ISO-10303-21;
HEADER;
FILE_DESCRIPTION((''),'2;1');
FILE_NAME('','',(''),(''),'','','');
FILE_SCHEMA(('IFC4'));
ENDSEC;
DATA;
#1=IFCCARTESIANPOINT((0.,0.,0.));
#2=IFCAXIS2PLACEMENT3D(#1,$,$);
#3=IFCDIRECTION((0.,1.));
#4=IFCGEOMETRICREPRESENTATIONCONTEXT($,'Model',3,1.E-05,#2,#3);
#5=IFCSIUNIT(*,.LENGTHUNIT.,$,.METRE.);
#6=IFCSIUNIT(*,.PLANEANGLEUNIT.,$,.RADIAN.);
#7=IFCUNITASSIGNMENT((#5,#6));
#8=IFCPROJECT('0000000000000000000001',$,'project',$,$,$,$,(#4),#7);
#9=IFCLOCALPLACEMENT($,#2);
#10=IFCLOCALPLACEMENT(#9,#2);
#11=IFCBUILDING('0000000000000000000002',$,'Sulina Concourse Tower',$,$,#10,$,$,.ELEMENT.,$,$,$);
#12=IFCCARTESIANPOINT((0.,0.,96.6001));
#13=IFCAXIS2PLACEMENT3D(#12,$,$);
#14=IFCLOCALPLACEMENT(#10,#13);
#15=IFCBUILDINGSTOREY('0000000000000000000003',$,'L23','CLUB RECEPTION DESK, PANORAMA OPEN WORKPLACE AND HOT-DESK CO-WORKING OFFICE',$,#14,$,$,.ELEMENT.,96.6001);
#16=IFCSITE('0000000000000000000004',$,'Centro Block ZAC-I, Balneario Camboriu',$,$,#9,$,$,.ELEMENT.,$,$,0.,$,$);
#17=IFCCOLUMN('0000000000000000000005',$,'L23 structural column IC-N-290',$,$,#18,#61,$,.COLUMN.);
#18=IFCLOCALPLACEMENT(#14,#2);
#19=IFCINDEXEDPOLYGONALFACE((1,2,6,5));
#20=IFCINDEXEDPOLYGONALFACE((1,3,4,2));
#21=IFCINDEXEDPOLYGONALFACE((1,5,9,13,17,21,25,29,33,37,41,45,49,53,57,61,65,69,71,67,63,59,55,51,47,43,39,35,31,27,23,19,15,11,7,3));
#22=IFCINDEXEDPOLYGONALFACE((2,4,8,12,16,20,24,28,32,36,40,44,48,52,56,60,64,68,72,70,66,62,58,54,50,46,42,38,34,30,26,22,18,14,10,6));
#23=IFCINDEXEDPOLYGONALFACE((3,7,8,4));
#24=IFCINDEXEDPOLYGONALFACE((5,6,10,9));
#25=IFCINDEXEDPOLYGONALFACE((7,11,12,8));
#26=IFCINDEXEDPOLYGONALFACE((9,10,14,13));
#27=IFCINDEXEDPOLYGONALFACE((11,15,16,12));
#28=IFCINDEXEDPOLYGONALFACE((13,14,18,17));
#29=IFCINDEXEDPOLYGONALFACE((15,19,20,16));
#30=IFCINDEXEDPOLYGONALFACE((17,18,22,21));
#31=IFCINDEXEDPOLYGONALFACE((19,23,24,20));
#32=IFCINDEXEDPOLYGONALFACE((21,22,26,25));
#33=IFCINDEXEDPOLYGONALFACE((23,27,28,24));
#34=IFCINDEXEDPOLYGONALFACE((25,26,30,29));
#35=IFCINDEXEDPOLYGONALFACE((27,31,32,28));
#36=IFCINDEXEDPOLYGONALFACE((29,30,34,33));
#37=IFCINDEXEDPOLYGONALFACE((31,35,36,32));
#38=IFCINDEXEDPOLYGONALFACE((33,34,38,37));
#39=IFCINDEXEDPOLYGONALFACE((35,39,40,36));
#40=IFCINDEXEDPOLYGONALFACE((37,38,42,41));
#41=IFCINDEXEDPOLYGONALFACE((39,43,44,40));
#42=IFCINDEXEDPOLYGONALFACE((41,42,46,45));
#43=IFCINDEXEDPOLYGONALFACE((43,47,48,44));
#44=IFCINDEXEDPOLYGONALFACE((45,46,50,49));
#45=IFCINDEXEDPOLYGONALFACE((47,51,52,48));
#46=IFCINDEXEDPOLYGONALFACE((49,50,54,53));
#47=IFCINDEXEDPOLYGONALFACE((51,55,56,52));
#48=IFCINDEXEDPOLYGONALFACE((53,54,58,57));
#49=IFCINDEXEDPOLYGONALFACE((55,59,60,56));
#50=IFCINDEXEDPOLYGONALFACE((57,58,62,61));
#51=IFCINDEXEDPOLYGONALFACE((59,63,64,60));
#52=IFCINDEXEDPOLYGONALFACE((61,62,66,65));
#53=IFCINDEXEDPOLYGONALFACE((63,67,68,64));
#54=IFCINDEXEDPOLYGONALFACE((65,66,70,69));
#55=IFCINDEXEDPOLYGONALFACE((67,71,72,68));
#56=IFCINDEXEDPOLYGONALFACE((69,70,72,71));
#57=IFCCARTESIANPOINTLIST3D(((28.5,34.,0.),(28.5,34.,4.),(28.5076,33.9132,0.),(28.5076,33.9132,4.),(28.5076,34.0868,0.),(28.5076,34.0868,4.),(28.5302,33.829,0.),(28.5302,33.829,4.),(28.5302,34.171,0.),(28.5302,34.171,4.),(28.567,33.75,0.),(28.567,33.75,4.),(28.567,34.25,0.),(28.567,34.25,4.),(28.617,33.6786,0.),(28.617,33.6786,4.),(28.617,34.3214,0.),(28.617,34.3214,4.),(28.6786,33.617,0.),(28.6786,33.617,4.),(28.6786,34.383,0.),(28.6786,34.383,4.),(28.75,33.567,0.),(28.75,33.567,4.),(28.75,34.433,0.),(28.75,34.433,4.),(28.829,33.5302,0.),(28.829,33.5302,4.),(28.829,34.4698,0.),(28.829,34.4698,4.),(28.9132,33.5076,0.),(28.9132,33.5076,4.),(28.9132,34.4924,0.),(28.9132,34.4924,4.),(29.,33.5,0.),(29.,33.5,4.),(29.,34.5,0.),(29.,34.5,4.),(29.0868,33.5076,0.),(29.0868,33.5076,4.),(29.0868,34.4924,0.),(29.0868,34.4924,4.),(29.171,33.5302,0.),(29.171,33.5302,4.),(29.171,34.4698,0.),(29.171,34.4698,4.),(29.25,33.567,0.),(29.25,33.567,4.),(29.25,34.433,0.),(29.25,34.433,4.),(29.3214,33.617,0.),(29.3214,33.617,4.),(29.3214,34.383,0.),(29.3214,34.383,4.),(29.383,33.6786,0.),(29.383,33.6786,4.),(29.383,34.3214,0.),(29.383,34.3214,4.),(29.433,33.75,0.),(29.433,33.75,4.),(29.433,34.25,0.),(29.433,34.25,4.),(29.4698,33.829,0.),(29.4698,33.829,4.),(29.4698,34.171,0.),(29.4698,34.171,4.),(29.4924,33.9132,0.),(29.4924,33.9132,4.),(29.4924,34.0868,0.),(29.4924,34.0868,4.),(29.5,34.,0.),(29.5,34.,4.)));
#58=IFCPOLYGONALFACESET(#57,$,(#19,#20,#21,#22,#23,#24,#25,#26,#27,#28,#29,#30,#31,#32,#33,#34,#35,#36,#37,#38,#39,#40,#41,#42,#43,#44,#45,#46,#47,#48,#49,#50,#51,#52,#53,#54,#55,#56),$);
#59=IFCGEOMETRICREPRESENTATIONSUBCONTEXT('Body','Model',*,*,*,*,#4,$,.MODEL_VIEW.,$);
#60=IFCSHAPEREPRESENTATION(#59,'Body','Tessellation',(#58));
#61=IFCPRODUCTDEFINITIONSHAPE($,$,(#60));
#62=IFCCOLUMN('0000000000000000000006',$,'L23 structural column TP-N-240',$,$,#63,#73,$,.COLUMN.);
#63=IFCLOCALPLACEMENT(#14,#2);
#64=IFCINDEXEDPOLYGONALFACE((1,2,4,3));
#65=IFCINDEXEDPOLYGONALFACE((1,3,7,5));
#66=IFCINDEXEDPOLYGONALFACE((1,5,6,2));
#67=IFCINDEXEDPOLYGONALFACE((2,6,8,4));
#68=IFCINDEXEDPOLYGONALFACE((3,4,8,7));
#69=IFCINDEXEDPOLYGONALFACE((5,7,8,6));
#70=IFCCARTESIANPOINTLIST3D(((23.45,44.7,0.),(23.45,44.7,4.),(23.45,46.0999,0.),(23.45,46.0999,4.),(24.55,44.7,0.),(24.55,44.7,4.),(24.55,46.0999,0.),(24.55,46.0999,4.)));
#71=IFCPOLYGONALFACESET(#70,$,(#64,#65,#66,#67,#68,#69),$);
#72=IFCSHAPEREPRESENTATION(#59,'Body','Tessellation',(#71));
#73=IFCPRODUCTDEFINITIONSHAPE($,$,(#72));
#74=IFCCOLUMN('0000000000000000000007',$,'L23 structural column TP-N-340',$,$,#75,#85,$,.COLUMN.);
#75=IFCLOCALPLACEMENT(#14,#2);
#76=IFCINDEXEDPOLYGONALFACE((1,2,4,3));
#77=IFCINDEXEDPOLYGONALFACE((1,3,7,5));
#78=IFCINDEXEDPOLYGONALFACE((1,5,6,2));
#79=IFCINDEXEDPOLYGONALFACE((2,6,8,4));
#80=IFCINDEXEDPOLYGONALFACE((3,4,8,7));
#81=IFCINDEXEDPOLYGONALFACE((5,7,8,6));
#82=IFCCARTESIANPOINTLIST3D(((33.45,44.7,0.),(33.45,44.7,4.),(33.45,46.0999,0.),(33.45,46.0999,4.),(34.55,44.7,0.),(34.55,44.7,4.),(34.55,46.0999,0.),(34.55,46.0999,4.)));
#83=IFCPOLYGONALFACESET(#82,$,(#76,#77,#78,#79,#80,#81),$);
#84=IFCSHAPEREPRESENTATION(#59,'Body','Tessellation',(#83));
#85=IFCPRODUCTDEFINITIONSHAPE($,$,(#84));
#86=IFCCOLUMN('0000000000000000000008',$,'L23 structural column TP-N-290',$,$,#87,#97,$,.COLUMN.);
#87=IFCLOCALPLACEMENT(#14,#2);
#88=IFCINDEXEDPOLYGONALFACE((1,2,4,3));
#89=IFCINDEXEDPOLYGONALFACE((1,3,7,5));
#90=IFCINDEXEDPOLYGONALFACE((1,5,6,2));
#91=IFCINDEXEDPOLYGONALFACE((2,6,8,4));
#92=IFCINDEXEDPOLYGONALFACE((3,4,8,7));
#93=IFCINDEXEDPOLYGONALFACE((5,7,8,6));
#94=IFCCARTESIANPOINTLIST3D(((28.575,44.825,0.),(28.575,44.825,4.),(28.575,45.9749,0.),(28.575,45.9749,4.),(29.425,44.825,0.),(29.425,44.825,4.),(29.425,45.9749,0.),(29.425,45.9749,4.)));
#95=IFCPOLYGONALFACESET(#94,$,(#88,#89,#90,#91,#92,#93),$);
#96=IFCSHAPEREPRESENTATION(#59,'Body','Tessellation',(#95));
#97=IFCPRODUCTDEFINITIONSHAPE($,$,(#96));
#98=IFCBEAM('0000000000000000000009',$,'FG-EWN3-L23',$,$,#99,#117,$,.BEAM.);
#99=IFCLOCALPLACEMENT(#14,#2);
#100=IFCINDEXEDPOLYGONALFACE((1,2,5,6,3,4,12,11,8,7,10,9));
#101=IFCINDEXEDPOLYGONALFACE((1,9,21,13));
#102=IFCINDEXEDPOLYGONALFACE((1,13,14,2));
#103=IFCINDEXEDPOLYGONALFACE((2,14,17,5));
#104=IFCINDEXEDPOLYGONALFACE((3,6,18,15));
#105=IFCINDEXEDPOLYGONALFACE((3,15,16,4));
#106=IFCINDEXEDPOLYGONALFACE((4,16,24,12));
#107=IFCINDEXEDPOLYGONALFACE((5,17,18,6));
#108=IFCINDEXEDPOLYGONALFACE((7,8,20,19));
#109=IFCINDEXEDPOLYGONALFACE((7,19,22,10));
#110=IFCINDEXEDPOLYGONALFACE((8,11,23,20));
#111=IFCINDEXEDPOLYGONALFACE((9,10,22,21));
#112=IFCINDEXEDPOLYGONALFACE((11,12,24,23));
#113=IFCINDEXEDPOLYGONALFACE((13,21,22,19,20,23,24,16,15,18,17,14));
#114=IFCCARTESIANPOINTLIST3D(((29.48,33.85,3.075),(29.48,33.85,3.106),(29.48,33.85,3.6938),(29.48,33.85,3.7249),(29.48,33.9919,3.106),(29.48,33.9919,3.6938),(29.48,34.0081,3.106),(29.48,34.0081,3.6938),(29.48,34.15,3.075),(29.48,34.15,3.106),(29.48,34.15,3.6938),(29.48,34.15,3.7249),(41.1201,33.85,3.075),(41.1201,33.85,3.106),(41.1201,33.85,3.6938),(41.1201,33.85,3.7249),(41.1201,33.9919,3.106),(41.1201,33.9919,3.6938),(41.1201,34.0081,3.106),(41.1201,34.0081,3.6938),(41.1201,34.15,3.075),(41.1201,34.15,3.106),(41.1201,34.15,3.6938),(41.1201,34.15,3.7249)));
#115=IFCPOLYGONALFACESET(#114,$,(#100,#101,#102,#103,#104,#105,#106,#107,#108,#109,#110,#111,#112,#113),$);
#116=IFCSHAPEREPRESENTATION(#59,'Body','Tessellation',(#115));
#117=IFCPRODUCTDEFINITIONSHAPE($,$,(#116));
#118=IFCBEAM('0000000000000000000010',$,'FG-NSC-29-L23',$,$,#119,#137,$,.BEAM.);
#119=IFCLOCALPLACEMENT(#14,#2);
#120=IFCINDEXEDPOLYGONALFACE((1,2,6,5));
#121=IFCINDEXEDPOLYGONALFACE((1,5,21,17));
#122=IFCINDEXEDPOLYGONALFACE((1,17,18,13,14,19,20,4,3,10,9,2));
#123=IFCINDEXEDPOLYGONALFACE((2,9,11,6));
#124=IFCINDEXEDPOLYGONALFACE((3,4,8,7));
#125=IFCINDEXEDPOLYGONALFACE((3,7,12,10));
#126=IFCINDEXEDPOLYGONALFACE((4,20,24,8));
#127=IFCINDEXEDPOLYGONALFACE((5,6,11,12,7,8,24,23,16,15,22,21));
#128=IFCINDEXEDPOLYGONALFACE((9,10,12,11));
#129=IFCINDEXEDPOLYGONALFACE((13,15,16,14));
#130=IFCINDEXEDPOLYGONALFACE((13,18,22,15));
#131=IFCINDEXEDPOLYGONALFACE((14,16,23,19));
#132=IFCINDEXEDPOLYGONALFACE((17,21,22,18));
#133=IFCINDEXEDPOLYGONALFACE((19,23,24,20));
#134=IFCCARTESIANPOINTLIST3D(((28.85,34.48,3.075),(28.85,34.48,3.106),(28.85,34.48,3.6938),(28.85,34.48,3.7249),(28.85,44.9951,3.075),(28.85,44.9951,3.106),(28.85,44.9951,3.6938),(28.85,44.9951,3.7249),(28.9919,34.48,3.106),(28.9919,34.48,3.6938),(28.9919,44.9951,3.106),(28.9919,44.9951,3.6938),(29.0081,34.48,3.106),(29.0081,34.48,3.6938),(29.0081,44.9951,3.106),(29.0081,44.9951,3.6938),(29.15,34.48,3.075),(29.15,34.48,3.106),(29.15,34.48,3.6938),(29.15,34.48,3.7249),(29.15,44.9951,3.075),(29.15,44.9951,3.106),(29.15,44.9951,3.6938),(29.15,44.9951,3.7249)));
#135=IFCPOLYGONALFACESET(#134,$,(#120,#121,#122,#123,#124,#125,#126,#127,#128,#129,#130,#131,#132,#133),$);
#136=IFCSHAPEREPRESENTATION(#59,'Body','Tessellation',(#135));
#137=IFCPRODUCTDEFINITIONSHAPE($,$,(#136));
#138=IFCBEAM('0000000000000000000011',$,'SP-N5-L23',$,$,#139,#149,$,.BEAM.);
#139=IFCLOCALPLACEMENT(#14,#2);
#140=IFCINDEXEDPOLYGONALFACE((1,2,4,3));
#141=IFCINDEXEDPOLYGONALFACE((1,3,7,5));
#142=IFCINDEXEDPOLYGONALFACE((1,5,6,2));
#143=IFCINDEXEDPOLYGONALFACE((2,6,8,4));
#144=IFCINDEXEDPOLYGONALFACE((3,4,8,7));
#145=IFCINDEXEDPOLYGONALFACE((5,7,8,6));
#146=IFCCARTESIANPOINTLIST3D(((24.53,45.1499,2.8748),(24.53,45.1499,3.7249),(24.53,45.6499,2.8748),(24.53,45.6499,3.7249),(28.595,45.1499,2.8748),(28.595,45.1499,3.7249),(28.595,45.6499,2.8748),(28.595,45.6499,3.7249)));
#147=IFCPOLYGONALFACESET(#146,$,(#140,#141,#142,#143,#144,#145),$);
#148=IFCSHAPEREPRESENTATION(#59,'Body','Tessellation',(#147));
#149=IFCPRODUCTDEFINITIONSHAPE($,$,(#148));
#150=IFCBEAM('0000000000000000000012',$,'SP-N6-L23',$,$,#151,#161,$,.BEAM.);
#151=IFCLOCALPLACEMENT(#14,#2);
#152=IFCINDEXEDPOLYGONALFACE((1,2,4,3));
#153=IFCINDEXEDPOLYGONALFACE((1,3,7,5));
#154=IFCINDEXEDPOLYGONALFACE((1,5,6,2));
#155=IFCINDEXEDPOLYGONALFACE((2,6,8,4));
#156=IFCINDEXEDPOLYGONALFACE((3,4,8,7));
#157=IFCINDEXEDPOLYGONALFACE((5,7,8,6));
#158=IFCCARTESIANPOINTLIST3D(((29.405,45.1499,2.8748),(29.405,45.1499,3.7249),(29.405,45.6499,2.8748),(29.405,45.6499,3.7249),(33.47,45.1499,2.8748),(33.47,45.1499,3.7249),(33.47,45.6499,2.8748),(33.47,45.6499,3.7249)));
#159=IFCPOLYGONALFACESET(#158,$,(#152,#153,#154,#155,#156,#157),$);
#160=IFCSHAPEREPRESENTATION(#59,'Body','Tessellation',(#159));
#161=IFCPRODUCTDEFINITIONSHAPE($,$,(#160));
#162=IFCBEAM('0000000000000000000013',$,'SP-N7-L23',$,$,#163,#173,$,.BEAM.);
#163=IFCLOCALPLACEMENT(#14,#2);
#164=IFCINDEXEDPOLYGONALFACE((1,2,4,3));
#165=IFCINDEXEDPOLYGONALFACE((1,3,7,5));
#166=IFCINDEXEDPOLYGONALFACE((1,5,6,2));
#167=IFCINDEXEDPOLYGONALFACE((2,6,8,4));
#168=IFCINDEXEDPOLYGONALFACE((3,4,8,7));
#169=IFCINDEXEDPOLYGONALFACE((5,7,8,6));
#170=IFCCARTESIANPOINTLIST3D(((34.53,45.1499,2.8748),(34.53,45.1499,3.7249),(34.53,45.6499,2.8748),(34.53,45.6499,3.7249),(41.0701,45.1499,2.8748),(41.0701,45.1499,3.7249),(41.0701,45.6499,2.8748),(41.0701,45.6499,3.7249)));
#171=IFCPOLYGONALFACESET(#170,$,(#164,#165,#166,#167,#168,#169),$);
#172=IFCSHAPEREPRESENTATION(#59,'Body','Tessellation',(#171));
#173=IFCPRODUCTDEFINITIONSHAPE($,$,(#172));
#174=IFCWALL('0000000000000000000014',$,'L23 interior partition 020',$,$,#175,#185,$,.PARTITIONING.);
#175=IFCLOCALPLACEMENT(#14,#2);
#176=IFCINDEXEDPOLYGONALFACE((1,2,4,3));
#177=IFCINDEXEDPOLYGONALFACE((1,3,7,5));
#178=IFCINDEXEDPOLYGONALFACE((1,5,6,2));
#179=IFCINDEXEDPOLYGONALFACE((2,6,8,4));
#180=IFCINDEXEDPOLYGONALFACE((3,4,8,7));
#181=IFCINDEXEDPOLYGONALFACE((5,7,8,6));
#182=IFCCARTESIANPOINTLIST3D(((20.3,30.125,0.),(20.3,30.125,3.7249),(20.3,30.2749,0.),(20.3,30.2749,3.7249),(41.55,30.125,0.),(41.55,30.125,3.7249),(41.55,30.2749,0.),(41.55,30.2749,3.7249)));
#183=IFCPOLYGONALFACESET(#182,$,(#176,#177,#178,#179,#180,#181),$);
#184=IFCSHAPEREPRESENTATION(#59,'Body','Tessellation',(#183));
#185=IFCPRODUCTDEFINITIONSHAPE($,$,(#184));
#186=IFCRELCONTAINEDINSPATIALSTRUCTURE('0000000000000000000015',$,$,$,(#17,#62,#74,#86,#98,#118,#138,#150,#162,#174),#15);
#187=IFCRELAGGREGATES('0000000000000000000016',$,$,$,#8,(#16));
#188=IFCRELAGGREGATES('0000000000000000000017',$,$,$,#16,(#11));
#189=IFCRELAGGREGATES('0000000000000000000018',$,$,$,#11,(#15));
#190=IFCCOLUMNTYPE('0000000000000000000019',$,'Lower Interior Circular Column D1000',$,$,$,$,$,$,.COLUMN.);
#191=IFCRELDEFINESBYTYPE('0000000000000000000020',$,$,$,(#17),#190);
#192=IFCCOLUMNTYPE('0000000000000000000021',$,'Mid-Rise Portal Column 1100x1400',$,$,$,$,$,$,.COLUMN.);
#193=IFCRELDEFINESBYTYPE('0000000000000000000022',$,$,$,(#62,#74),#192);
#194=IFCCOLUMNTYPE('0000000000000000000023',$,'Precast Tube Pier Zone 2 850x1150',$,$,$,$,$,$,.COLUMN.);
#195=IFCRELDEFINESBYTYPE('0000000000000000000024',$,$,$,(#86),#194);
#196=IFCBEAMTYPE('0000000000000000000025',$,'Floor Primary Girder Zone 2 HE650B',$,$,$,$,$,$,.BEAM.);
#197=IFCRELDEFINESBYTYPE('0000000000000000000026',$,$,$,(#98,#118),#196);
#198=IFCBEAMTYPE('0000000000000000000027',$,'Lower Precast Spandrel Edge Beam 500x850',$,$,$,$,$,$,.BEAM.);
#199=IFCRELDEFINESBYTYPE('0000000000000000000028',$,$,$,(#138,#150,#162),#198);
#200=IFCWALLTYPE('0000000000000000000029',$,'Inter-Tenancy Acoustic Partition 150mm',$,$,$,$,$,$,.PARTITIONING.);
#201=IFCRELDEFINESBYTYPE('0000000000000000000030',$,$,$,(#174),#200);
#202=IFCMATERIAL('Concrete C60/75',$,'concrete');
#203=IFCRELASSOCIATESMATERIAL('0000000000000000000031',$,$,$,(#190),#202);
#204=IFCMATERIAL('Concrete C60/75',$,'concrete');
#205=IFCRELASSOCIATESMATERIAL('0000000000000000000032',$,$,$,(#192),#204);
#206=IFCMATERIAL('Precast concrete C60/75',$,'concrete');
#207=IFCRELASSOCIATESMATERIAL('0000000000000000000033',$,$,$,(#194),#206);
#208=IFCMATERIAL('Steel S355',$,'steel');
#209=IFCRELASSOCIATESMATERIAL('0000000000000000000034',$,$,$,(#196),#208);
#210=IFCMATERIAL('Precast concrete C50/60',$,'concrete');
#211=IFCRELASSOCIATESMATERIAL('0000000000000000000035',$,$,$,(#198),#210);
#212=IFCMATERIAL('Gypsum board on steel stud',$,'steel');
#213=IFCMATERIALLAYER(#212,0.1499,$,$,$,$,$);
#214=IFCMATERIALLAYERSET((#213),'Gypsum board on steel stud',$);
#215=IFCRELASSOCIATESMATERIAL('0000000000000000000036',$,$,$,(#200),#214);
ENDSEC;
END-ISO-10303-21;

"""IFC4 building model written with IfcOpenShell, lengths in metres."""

from ifc_helpers import new_model, si_unit, direction, frame, frame_2d, origin, origin_2d, place, context, subcontext, project, spatial, rectangle, circle, i_section, extrude, material, layer, layer_set, material_profile, profile_set, type_object, element, save


model = new_model("IFC4")

# Units and contexts
model_context = context("Model", 3, precision=1e-05, world=origin(), true_north=direction((0.0, 1.0)))
body_context = subcontext(model_context, "Body", "Model", "MODEL_VIEW")
ifc_project = project(units=[si_unit("LENGTHUNIT", "METRE"), si_unit("PLANEANGLEUNIT", "RADIAN")], contexts=[model_context])

# Site, building, storey
site_placement = place(None, origin())
site = spatial("IfcSite", under=ifc_project, at=site_placement, Name="Centro Block ZAC-I, Balneario Camboriu", CompositionType="ELEMENT", RefElevation=0.0)
building_placement = place(site_placement, origin())
building = spatial("IfcBuilding", under=site, at=building_placement, Name="Sulina Concourse Tower", CompositionType="ELEMENT")
storey_placement = place(building_placement, frame((0.0, 0.0, 96.6001)))
storey = spatial("IfcBuildingStorey", under=building, at=storey_placement, Name="L23", Description="CLUB RECEPTION DESK, PANORAMA OPEN WORKPLACE AND HOT-DESK CO-WORKING OFFICE", CompositionType="ELEMENT", Elevation=96.6001)

# Columns
ifc_material_1 = material(Name="Concrete C60/75", Category="concrete")
ifc_material_profile_1 = material_profile(ifc_material_1, circle(Radius=0.5, at=origin_2d()), Name="RC D1000")
ifc_profile_set_1 = profile_set([ifc_material_profile_1], Name="Concrete C60/75")
column_type_1 = type_object("IfcColumnType", Name="Lower Interior Circular Column D1000", PredefinedType="COLUMN", material=ifc_profile_set_1)
column_1_placement = place(storey_placement, frame((29.0, 34.0, 0.0), z_axis=(0.0, 0.0, 1.0), x_axis=(1.0, 0.0, 0.0)))
element("IfcColumn", 1, at=column_1_placement, inside=storey, type_object=column_type_1, Name="L23 structural column IC-N-290", PredefinedType="COLUMN", context=body_context, shape_type="SweptSolid", body=[
    extrude(circle(Radius=0.5, at=origin_2d()), origin(), (0.0, 0.0, 1.0), 4.0),
])
ifc_material_2 = material(Name="Concrete C60/75", Category="concrete")
ifc_material_profile_2 = material_profile(ifc_material_2, rectangle(XDim=1.1001, YDim=1.3999, at=origin_2d()), Name="RC 1100x1400")
ifc_profile_set_2 = profile_set([ifc_material_profile_2], Name="Concrete C60/75")
column_type_2 = type_object("IfcColumnType", Name="Mid-Rise Portal Column 1100x1400", PredefinedType="COLUMN", material=ifc_profile_set_2)
for number, where, z_axis, x_axis, name in (
    (2, (24.0, 45.3999, 0.0), (0.0, 0.0, 1.0), (1.0, 0.0, 0.0), "L23 structural column TP-N-240"),
    (3, (34.0, 45.3999, 0.0), (0.0, 0.0, 1.0), (1.0, 0.0, 0.0), "L23 structural column TP-N-340"),
):
    element("IfcColumn", number, at=place(storey_placement, frame(where, z_axis=z_axis, x_axis=x_axis)), inside=storey, type_object=column_type_2, Name=name, PredefinedType="COLUMN", context=body_context, shape_type="SweptSolid", body=[
        extrude(rectangle(XDim=1.1001, YDim=1.3999, at=origin_2d()), origin(), (0.0, 0.0, 1.0), 4.0),
    ])
ifc_material_3 = material(Name="Precast concrete C60/75", Category="concrete")
ifc_material_profile_3 = material_profile(ifc_material_3, rectangle(XDim=0.8501, YDim=1.1499, at=origin_2d()), Name="PC 850x1150")
ifc_profile_set_3 = profile_set([ifc_material_profile_3], Name="Precast concrete C60/75")
column_type_3 = type_object("IfcColumnType", Name="Precast Tube Pier Zone 2 850x1150", PredefinedType="COLUMN", material=ifc_profile_set_3)
column_2_placement = place(storey_placement, frame((29.0, 45.3999, 0.0), z_axis=(0.0, 0.0, 1.0), x_axis=(1.0, 0.0, 0.0)))
element("IfcColumn", 4, at=column_2_placement, inside=storey, type_object=column_type_3, Name="L23 structural column TP-N-290", PredefinedType="COLUMN", context=body_context, shape_type="SweptSolid", body=[
    extrude(rectangle(XDim=0.8501, YDim=1.1499, at=origin_2d()), origin(), (0.0, 0.0, 1.0), 4.0),
])

# Beams
ifc_material_4 = material(Name="Steel S355", Category="steel")
ifc_material_profile_4 = material_profile(ifc_material_4, i_section(OverallWidth=0.3, OverallDepth=0.6499, WebThickness=0.0161, FlangeThickness=0.031, at=origin_2d()), Name="HE 650 B")
ifc_profile_set_4 = profile_set([ifc_material_profile_4], Name="Steel S355")
beam_type_1 = type_object("IfcBeamType", Name="Floor Primary Girder Zone 2 HE650B", PredefinedType="BEAM", material=ifc_profile_set_4)
beam_1_placement = place(storey_placement, frame((29.48, 34.0, 3.3999), z_axis=(1.0, 0.0, 0.0), x_axis=(0.0, 1.0, 0.0)))
element("IfcBeam", 5, at=beam_1_placement, inside=storey, type_object=beam_type_1, Name="FG-EWN3-L23", PredefinedType="BEAM", context=body_context, shape_type="SweptSolid", body=[
    extrude(i_section(OverallWidth=0.3, OverallDepth=0.6499, WebThickness=0.0161, FlangeThickness=0.031, at=origin_2d()), origin(), (0.0, 0.0, 1.0), 11.6401),
])
beam_2_placement = place(storey_placement, frame((29.0, 34.48, 3.3999), z_axis=(0.0, 1.0, 0.0), x_axis=(-1.0, 0.0, 0.0)))
element("IfcBeam", 6, at=beam_2_placement, inside=storey, type_object=beam_type_1, Name="FG-NSC-29-L23", PredefinedType="BEAM", context=body_context, shape_type="SweptSolid", body=[
    extrude(i_section(OverallWidth=0.3, OverallDepth=0.6499, WebThickness=0.0161, FlangeThickness=0.031, at=origin_2d()), origin(), (0.0, 0.0, 1.0), 10.5151),
])
ifc_material_5 = material(Name="Precast concrete C50/60", Category="concrete")
ifc_material_profile_5 = material_profile(ifc_material_5, rectangle(XDim=0.5, YDim=0.8501, at=origin_2d()), Name="RC 500x850")
ifc_profile_set_5 = profile_set([ifc_material_profile_5], Name="Precast concrete C50/60")
beam_type_2 = type_object("IfcBeamType", Name="Lower Precast Spandrel Edge Beam 500x850", PredefinedType="BEAM", material=ifc_profile_set_5)
for number, where, z_axis, x_axis, name in (
    (7, (24.53, 45.3999, 3.2998), (1.0, 0.0, 0.0), (0.0, 1.0, 0.0), "SP-N5-L23"),
    (8, (29.405, 45.3999, 3.2998), (1.0, 0.0, 0.0), (0.0, 1.0, 0.0), "SP-N6-L23"),
):
    element("IfcBeam", number, at=place(storey_placement, frame(where, z_axis=z_axis, x_axis=x_axis)), inside=storey, type_object=beam_type_2, Name=name, PredefinedType="BEAM", context=body_context, shape_type="SweptSolid", body=[
        extrude(rectangle(XDim=0.5, YDim=0.8501, at=origin_2d()), origin(), (0.0, 0.0, 1.0), 4.0649),
    ])
beam_3_placement = place(storey_placement, frame((34.53, 45.3999, 3.2998), z_axis=(1.0, 0.0, 0.0), x_axis=(0.0, 1.0, 0.0)))
element("IfcBeam", 9, at=beam_3_placement, inside=storey, type_object=beam_type_2, Name="SP-N7-L23", PredefinedType="BEAM", context=body_context, shape_type="SweptSolid", body=[
    extrude(rectangle(XDim=0.5, YDim=0.8501, at=origin_2d()), origin(), (0.0, 0.0, 1.0), 6.54),
])

# Wall
ifc_material_6 = material(Name="Gypsum board on steel stud", Category="steel")
ifc_layer_1 = layer(ifc_material_6, 0.1499)
ifc_layer_set_1 = layer_set([ifc_layer_1], Name="Gypsum board on steel stud")
wall_type_1 = type_object("IfcWallType", Name="Inter-Tenancy Acoustic Partition 150mm", PredefinedType="PARTITIONING", material=ifc_layer_set_1)
wall_1_placement = place(storey_placement, frame((20.3, 30.2, 0.0), z_axis=(0.0, 0.0, 1.0), x_axis=(1.0, 0.0, 0.0)))
element("IfcWall", 10, at=wall_1_placement, inside=storey, type_object=wall_type_1, Name="L23 interior partition 020", PredefinedType="PARTITIONING", context=body_context, shape_type="SweptSolid", body=[
    extrude(rectangle(XDim=21.25, YDim=0.1499, at=frame_2d((10.625, 0.0))), origin(), (0.0, 0.0, 1.0), 3.7249),
])

save(model, "model.ifc")
